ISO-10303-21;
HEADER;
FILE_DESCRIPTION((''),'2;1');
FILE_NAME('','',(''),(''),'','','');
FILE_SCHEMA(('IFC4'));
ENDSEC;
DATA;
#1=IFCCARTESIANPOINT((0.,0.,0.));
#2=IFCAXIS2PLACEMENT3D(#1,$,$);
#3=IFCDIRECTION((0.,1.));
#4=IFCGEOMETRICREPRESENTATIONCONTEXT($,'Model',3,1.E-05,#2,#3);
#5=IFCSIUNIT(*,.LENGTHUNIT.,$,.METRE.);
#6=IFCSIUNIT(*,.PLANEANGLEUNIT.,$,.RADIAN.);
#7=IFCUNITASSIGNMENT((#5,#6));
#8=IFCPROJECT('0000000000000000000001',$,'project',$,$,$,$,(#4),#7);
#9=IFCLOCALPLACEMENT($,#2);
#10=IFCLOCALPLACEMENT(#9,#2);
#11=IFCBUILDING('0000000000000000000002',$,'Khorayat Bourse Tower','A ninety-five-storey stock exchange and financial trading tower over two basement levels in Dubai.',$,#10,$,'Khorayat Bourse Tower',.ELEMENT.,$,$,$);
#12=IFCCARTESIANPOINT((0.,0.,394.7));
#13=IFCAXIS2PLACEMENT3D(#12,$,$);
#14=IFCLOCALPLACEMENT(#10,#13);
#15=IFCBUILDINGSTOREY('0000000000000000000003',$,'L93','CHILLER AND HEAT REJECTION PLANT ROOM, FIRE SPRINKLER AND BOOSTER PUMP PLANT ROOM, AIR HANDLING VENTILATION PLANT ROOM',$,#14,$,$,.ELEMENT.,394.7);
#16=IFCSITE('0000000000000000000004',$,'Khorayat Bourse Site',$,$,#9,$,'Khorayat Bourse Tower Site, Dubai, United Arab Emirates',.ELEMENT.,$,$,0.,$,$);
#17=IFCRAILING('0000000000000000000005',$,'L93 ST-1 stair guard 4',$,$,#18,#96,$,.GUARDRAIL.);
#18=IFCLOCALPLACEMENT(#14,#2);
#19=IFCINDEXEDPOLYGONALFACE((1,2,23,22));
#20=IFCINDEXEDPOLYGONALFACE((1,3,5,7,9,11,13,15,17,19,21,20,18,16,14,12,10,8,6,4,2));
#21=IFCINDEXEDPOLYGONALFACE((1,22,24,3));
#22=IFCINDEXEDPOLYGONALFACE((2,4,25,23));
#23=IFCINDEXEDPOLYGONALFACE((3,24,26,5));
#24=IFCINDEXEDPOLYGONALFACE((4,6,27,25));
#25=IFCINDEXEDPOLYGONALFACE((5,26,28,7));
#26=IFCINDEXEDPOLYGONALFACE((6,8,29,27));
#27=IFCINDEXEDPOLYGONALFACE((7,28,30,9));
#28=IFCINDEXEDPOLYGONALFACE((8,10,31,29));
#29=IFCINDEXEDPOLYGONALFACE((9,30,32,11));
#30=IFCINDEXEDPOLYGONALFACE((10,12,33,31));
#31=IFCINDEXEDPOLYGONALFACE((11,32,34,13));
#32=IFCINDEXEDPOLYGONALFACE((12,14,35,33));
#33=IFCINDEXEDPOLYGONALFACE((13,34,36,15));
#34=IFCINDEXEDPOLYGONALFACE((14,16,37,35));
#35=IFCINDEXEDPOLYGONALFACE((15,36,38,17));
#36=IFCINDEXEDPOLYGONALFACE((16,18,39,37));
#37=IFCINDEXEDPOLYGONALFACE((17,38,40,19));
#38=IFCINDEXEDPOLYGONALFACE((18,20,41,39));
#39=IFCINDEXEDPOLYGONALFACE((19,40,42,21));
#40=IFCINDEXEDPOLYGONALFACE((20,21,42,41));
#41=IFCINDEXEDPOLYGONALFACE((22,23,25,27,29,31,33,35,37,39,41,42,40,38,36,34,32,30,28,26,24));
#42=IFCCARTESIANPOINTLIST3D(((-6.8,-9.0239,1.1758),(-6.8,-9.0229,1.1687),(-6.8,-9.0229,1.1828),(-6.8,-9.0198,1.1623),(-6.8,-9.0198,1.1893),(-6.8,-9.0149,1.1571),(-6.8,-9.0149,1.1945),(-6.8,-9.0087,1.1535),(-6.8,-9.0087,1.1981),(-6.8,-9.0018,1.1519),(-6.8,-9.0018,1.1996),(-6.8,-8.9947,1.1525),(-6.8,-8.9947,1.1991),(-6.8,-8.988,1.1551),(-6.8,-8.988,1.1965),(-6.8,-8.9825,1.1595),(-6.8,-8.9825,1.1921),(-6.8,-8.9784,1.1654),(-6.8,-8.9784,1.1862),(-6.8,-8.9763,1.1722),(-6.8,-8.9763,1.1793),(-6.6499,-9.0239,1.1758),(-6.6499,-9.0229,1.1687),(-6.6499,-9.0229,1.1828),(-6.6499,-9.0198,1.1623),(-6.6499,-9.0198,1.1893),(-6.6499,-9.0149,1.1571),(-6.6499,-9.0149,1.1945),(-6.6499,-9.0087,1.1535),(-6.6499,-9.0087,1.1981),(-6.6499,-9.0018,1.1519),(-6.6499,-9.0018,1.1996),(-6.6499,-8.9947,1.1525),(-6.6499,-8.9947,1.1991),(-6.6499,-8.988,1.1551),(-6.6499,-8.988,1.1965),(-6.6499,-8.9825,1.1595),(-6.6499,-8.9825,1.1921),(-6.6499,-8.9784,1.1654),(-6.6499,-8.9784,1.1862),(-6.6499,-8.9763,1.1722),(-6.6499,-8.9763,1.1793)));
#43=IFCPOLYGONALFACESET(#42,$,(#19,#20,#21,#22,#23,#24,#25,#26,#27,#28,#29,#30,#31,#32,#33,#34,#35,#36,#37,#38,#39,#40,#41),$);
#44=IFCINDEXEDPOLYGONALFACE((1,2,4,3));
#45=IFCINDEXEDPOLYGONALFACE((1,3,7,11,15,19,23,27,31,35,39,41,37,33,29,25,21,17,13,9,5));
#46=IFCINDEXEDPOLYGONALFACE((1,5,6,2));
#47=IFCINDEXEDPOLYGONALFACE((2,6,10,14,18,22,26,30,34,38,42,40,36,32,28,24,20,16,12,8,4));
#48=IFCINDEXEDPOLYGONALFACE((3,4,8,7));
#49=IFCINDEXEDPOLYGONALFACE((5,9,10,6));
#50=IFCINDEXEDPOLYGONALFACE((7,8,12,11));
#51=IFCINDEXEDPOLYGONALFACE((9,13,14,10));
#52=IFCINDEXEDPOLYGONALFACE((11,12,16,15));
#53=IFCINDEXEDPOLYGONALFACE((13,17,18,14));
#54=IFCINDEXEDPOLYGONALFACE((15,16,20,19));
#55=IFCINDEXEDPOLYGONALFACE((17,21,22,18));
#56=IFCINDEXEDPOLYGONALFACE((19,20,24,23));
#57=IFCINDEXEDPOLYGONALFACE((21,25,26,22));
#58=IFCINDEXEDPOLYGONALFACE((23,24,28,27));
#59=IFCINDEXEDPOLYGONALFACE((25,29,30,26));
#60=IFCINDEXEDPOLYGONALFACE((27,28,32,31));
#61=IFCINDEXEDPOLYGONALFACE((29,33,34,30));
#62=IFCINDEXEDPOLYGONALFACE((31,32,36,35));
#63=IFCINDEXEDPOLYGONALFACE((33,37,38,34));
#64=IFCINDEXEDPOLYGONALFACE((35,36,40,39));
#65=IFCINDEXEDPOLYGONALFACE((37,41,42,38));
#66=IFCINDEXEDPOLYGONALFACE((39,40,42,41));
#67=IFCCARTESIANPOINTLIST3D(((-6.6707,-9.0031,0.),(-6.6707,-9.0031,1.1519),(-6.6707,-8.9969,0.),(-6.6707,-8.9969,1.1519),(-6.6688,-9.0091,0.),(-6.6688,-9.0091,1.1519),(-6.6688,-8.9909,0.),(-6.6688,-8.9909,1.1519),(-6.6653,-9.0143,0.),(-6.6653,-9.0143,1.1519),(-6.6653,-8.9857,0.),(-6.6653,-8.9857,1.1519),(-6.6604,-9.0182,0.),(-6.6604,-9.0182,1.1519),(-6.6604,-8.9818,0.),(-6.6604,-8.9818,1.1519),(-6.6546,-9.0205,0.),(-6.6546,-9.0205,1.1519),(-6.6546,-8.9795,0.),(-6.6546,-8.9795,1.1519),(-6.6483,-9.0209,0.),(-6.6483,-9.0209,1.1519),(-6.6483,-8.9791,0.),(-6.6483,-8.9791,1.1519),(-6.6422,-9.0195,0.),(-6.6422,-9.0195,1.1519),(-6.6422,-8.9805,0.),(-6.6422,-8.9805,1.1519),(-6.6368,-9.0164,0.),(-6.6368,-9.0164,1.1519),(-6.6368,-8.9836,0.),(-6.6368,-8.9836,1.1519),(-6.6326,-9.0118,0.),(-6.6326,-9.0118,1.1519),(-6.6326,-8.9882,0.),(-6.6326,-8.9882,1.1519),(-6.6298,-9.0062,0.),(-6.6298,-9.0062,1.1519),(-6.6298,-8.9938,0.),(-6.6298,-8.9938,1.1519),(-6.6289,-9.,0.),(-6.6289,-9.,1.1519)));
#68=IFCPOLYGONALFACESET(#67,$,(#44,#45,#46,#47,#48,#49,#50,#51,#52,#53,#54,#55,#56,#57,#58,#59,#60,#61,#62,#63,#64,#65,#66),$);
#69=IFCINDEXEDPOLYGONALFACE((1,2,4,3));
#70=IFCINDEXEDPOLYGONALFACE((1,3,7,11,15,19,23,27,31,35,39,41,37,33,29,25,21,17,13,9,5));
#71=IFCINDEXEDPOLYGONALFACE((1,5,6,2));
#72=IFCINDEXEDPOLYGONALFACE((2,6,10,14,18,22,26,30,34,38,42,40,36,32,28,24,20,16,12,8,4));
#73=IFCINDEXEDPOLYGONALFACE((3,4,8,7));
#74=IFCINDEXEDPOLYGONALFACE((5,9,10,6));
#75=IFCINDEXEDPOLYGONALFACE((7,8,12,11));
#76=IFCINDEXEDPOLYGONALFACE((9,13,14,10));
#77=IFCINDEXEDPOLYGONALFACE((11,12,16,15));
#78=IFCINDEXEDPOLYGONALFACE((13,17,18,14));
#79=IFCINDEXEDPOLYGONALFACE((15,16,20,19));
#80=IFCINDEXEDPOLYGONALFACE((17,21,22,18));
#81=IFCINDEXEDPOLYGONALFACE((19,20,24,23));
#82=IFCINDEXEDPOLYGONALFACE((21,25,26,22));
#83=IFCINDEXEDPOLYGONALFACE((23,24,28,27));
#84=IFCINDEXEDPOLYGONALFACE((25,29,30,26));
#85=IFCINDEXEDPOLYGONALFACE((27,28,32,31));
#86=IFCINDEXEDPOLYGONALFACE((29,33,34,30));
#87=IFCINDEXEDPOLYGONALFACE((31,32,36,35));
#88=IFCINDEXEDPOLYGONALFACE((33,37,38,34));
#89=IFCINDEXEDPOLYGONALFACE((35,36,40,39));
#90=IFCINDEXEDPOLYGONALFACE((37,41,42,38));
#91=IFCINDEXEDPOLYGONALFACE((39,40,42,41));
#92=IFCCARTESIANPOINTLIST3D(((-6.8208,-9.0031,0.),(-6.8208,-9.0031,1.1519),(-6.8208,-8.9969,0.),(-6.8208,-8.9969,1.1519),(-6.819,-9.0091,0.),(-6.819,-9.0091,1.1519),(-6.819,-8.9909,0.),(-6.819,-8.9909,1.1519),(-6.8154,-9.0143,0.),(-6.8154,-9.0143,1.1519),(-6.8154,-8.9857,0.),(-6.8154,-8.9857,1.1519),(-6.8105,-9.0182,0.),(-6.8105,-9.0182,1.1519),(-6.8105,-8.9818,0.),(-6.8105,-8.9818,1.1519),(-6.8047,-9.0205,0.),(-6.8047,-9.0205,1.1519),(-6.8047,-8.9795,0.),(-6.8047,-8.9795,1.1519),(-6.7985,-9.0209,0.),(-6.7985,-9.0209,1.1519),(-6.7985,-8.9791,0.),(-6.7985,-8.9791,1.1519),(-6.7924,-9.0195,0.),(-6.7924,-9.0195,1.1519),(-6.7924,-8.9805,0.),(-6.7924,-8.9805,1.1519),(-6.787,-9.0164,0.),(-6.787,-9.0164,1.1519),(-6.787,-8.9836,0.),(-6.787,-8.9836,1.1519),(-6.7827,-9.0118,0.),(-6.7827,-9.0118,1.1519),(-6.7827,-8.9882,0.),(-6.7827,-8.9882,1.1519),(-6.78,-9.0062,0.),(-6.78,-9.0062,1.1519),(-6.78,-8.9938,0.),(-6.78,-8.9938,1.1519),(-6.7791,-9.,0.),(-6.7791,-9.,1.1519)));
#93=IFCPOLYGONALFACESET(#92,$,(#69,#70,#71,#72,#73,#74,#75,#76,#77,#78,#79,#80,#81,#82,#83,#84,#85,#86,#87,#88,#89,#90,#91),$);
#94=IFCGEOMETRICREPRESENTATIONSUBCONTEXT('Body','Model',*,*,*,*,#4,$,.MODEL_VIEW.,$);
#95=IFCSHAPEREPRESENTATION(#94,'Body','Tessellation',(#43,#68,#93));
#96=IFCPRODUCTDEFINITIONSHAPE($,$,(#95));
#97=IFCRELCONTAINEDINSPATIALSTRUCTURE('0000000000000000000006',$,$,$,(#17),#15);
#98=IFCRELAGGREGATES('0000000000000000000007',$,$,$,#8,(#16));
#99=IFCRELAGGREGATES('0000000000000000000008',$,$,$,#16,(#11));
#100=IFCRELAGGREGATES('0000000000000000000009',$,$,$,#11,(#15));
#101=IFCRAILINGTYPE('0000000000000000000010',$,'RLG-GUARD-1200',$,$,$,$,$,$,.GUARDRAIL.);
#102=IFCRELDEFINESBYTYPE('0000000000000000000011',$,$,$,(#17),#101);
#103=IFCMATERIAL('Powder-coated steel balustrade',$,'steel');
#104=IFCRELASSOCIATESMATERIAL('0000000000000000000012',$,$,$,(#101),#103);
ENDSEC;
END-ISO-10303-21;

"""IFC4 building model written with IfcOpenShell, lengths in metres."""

from ifc_helpers import new_model, si_unit, direction, frame, origin, origin_2d, place, context, subcontext, project, spatial, circle, extrude, source, transform, mapped, material, type_object, element, save


model = new_model("IFC4")

# Units and contexts
model_context = context("Model", 3, precision=1e-05, world=origin(), true_north=direction((0.0, 1.0)))
body_context = subcontext(model_context, "Body", "Model", "MODEL_VIEW")
ifc_project = project(units=[si_unit("LENGTHUNIT", "METRE"), si_unit("PLANEANGLEUNIT", "RADIAN")], contexts=[model_context])

# Site, building, storey
site_placement = place(None, origin())
site = spatial("IfcSite", under=ifc_project, at=site_placement, Name="Khorayat Bourse Site", LongName="Khorayat Bourse Tower Site, Dubai, United Arab Emirates", CompositionType="ELEMENT", RefElevation=0.0)
building_placement = place(site_placement, origin())
building = spatial("IfcBuilding", under=site, at=building_placement, Name="Khorayat Bourse Tower", Description="A ninety-five-storey stock exchange and financial trading tower over two basement levels in Dubai.", LongName="Khorayat Bourse Tower", CompositionType="ELEMENT")
storey_placement = place(building_placement, frame((0.0, 0.0, 394.7)))
storey = spatial("IfcBuildingStorey", under=building, at=storey_placement, Name="L93", Description="CHILLER AND HEAT REJECTION PLANT ROOM, FIRE SPRINKLER AND BOOSTER PUMP PLANT ROOM, AIR HANDLING VENTILATION PLANT ROOM", CompositionType="ELEMENT", Elevation=394.7)

# Railing
ifc_material_1 = material(Name="Powder-coated steel balustrade", Category="steel")
railing_type_1 = type_object("IfcRailingType", Name="RLG-GUARD-1200", PredefinedType="GUARDRAIL", material=ifc_material_1)
shared_shape_1 = source(origin(), body_context, "Body", "SweptSolid", [
    extrude(circle(Radius=0.0239, at=origin_2d()), frame((0.0, 0.0, 1.1758), z_axis=(-1.0, 0.0, 0.0), x_axis=(0.0, -1.0, 0.0)), (0.0, 0.0, 1.0), 0.1501),
    extrude(circle(Radius=0.021, at=origin_2d()), origin(), (0.0, 0.0, 1.0), 1.1519),
    extrude(circle(Radius=0.021, at=origin_2d()), frame((-0.1501, 0.0, 0.0)), (0.0, 0.0, 1.0), 1.1519),
])
for number, where, name in (
    (1, (-6.6499, -9.0, 0.0), "L93 ST-1 stair guard 4"),
):
    element("IfcRailing", number, at=place(storey_placement, frame(where)), inside=storey, type_object=railing_type_1, Name=name, PredefinedType="GUARDRAIL", context=body_context, shape_type="MappedRepresentation", body=[
        mapped(shared_shape_1, transform((0.0, 0.0, 0.0), scale=1.0)),
    ])

save(model, "model.ifc")
